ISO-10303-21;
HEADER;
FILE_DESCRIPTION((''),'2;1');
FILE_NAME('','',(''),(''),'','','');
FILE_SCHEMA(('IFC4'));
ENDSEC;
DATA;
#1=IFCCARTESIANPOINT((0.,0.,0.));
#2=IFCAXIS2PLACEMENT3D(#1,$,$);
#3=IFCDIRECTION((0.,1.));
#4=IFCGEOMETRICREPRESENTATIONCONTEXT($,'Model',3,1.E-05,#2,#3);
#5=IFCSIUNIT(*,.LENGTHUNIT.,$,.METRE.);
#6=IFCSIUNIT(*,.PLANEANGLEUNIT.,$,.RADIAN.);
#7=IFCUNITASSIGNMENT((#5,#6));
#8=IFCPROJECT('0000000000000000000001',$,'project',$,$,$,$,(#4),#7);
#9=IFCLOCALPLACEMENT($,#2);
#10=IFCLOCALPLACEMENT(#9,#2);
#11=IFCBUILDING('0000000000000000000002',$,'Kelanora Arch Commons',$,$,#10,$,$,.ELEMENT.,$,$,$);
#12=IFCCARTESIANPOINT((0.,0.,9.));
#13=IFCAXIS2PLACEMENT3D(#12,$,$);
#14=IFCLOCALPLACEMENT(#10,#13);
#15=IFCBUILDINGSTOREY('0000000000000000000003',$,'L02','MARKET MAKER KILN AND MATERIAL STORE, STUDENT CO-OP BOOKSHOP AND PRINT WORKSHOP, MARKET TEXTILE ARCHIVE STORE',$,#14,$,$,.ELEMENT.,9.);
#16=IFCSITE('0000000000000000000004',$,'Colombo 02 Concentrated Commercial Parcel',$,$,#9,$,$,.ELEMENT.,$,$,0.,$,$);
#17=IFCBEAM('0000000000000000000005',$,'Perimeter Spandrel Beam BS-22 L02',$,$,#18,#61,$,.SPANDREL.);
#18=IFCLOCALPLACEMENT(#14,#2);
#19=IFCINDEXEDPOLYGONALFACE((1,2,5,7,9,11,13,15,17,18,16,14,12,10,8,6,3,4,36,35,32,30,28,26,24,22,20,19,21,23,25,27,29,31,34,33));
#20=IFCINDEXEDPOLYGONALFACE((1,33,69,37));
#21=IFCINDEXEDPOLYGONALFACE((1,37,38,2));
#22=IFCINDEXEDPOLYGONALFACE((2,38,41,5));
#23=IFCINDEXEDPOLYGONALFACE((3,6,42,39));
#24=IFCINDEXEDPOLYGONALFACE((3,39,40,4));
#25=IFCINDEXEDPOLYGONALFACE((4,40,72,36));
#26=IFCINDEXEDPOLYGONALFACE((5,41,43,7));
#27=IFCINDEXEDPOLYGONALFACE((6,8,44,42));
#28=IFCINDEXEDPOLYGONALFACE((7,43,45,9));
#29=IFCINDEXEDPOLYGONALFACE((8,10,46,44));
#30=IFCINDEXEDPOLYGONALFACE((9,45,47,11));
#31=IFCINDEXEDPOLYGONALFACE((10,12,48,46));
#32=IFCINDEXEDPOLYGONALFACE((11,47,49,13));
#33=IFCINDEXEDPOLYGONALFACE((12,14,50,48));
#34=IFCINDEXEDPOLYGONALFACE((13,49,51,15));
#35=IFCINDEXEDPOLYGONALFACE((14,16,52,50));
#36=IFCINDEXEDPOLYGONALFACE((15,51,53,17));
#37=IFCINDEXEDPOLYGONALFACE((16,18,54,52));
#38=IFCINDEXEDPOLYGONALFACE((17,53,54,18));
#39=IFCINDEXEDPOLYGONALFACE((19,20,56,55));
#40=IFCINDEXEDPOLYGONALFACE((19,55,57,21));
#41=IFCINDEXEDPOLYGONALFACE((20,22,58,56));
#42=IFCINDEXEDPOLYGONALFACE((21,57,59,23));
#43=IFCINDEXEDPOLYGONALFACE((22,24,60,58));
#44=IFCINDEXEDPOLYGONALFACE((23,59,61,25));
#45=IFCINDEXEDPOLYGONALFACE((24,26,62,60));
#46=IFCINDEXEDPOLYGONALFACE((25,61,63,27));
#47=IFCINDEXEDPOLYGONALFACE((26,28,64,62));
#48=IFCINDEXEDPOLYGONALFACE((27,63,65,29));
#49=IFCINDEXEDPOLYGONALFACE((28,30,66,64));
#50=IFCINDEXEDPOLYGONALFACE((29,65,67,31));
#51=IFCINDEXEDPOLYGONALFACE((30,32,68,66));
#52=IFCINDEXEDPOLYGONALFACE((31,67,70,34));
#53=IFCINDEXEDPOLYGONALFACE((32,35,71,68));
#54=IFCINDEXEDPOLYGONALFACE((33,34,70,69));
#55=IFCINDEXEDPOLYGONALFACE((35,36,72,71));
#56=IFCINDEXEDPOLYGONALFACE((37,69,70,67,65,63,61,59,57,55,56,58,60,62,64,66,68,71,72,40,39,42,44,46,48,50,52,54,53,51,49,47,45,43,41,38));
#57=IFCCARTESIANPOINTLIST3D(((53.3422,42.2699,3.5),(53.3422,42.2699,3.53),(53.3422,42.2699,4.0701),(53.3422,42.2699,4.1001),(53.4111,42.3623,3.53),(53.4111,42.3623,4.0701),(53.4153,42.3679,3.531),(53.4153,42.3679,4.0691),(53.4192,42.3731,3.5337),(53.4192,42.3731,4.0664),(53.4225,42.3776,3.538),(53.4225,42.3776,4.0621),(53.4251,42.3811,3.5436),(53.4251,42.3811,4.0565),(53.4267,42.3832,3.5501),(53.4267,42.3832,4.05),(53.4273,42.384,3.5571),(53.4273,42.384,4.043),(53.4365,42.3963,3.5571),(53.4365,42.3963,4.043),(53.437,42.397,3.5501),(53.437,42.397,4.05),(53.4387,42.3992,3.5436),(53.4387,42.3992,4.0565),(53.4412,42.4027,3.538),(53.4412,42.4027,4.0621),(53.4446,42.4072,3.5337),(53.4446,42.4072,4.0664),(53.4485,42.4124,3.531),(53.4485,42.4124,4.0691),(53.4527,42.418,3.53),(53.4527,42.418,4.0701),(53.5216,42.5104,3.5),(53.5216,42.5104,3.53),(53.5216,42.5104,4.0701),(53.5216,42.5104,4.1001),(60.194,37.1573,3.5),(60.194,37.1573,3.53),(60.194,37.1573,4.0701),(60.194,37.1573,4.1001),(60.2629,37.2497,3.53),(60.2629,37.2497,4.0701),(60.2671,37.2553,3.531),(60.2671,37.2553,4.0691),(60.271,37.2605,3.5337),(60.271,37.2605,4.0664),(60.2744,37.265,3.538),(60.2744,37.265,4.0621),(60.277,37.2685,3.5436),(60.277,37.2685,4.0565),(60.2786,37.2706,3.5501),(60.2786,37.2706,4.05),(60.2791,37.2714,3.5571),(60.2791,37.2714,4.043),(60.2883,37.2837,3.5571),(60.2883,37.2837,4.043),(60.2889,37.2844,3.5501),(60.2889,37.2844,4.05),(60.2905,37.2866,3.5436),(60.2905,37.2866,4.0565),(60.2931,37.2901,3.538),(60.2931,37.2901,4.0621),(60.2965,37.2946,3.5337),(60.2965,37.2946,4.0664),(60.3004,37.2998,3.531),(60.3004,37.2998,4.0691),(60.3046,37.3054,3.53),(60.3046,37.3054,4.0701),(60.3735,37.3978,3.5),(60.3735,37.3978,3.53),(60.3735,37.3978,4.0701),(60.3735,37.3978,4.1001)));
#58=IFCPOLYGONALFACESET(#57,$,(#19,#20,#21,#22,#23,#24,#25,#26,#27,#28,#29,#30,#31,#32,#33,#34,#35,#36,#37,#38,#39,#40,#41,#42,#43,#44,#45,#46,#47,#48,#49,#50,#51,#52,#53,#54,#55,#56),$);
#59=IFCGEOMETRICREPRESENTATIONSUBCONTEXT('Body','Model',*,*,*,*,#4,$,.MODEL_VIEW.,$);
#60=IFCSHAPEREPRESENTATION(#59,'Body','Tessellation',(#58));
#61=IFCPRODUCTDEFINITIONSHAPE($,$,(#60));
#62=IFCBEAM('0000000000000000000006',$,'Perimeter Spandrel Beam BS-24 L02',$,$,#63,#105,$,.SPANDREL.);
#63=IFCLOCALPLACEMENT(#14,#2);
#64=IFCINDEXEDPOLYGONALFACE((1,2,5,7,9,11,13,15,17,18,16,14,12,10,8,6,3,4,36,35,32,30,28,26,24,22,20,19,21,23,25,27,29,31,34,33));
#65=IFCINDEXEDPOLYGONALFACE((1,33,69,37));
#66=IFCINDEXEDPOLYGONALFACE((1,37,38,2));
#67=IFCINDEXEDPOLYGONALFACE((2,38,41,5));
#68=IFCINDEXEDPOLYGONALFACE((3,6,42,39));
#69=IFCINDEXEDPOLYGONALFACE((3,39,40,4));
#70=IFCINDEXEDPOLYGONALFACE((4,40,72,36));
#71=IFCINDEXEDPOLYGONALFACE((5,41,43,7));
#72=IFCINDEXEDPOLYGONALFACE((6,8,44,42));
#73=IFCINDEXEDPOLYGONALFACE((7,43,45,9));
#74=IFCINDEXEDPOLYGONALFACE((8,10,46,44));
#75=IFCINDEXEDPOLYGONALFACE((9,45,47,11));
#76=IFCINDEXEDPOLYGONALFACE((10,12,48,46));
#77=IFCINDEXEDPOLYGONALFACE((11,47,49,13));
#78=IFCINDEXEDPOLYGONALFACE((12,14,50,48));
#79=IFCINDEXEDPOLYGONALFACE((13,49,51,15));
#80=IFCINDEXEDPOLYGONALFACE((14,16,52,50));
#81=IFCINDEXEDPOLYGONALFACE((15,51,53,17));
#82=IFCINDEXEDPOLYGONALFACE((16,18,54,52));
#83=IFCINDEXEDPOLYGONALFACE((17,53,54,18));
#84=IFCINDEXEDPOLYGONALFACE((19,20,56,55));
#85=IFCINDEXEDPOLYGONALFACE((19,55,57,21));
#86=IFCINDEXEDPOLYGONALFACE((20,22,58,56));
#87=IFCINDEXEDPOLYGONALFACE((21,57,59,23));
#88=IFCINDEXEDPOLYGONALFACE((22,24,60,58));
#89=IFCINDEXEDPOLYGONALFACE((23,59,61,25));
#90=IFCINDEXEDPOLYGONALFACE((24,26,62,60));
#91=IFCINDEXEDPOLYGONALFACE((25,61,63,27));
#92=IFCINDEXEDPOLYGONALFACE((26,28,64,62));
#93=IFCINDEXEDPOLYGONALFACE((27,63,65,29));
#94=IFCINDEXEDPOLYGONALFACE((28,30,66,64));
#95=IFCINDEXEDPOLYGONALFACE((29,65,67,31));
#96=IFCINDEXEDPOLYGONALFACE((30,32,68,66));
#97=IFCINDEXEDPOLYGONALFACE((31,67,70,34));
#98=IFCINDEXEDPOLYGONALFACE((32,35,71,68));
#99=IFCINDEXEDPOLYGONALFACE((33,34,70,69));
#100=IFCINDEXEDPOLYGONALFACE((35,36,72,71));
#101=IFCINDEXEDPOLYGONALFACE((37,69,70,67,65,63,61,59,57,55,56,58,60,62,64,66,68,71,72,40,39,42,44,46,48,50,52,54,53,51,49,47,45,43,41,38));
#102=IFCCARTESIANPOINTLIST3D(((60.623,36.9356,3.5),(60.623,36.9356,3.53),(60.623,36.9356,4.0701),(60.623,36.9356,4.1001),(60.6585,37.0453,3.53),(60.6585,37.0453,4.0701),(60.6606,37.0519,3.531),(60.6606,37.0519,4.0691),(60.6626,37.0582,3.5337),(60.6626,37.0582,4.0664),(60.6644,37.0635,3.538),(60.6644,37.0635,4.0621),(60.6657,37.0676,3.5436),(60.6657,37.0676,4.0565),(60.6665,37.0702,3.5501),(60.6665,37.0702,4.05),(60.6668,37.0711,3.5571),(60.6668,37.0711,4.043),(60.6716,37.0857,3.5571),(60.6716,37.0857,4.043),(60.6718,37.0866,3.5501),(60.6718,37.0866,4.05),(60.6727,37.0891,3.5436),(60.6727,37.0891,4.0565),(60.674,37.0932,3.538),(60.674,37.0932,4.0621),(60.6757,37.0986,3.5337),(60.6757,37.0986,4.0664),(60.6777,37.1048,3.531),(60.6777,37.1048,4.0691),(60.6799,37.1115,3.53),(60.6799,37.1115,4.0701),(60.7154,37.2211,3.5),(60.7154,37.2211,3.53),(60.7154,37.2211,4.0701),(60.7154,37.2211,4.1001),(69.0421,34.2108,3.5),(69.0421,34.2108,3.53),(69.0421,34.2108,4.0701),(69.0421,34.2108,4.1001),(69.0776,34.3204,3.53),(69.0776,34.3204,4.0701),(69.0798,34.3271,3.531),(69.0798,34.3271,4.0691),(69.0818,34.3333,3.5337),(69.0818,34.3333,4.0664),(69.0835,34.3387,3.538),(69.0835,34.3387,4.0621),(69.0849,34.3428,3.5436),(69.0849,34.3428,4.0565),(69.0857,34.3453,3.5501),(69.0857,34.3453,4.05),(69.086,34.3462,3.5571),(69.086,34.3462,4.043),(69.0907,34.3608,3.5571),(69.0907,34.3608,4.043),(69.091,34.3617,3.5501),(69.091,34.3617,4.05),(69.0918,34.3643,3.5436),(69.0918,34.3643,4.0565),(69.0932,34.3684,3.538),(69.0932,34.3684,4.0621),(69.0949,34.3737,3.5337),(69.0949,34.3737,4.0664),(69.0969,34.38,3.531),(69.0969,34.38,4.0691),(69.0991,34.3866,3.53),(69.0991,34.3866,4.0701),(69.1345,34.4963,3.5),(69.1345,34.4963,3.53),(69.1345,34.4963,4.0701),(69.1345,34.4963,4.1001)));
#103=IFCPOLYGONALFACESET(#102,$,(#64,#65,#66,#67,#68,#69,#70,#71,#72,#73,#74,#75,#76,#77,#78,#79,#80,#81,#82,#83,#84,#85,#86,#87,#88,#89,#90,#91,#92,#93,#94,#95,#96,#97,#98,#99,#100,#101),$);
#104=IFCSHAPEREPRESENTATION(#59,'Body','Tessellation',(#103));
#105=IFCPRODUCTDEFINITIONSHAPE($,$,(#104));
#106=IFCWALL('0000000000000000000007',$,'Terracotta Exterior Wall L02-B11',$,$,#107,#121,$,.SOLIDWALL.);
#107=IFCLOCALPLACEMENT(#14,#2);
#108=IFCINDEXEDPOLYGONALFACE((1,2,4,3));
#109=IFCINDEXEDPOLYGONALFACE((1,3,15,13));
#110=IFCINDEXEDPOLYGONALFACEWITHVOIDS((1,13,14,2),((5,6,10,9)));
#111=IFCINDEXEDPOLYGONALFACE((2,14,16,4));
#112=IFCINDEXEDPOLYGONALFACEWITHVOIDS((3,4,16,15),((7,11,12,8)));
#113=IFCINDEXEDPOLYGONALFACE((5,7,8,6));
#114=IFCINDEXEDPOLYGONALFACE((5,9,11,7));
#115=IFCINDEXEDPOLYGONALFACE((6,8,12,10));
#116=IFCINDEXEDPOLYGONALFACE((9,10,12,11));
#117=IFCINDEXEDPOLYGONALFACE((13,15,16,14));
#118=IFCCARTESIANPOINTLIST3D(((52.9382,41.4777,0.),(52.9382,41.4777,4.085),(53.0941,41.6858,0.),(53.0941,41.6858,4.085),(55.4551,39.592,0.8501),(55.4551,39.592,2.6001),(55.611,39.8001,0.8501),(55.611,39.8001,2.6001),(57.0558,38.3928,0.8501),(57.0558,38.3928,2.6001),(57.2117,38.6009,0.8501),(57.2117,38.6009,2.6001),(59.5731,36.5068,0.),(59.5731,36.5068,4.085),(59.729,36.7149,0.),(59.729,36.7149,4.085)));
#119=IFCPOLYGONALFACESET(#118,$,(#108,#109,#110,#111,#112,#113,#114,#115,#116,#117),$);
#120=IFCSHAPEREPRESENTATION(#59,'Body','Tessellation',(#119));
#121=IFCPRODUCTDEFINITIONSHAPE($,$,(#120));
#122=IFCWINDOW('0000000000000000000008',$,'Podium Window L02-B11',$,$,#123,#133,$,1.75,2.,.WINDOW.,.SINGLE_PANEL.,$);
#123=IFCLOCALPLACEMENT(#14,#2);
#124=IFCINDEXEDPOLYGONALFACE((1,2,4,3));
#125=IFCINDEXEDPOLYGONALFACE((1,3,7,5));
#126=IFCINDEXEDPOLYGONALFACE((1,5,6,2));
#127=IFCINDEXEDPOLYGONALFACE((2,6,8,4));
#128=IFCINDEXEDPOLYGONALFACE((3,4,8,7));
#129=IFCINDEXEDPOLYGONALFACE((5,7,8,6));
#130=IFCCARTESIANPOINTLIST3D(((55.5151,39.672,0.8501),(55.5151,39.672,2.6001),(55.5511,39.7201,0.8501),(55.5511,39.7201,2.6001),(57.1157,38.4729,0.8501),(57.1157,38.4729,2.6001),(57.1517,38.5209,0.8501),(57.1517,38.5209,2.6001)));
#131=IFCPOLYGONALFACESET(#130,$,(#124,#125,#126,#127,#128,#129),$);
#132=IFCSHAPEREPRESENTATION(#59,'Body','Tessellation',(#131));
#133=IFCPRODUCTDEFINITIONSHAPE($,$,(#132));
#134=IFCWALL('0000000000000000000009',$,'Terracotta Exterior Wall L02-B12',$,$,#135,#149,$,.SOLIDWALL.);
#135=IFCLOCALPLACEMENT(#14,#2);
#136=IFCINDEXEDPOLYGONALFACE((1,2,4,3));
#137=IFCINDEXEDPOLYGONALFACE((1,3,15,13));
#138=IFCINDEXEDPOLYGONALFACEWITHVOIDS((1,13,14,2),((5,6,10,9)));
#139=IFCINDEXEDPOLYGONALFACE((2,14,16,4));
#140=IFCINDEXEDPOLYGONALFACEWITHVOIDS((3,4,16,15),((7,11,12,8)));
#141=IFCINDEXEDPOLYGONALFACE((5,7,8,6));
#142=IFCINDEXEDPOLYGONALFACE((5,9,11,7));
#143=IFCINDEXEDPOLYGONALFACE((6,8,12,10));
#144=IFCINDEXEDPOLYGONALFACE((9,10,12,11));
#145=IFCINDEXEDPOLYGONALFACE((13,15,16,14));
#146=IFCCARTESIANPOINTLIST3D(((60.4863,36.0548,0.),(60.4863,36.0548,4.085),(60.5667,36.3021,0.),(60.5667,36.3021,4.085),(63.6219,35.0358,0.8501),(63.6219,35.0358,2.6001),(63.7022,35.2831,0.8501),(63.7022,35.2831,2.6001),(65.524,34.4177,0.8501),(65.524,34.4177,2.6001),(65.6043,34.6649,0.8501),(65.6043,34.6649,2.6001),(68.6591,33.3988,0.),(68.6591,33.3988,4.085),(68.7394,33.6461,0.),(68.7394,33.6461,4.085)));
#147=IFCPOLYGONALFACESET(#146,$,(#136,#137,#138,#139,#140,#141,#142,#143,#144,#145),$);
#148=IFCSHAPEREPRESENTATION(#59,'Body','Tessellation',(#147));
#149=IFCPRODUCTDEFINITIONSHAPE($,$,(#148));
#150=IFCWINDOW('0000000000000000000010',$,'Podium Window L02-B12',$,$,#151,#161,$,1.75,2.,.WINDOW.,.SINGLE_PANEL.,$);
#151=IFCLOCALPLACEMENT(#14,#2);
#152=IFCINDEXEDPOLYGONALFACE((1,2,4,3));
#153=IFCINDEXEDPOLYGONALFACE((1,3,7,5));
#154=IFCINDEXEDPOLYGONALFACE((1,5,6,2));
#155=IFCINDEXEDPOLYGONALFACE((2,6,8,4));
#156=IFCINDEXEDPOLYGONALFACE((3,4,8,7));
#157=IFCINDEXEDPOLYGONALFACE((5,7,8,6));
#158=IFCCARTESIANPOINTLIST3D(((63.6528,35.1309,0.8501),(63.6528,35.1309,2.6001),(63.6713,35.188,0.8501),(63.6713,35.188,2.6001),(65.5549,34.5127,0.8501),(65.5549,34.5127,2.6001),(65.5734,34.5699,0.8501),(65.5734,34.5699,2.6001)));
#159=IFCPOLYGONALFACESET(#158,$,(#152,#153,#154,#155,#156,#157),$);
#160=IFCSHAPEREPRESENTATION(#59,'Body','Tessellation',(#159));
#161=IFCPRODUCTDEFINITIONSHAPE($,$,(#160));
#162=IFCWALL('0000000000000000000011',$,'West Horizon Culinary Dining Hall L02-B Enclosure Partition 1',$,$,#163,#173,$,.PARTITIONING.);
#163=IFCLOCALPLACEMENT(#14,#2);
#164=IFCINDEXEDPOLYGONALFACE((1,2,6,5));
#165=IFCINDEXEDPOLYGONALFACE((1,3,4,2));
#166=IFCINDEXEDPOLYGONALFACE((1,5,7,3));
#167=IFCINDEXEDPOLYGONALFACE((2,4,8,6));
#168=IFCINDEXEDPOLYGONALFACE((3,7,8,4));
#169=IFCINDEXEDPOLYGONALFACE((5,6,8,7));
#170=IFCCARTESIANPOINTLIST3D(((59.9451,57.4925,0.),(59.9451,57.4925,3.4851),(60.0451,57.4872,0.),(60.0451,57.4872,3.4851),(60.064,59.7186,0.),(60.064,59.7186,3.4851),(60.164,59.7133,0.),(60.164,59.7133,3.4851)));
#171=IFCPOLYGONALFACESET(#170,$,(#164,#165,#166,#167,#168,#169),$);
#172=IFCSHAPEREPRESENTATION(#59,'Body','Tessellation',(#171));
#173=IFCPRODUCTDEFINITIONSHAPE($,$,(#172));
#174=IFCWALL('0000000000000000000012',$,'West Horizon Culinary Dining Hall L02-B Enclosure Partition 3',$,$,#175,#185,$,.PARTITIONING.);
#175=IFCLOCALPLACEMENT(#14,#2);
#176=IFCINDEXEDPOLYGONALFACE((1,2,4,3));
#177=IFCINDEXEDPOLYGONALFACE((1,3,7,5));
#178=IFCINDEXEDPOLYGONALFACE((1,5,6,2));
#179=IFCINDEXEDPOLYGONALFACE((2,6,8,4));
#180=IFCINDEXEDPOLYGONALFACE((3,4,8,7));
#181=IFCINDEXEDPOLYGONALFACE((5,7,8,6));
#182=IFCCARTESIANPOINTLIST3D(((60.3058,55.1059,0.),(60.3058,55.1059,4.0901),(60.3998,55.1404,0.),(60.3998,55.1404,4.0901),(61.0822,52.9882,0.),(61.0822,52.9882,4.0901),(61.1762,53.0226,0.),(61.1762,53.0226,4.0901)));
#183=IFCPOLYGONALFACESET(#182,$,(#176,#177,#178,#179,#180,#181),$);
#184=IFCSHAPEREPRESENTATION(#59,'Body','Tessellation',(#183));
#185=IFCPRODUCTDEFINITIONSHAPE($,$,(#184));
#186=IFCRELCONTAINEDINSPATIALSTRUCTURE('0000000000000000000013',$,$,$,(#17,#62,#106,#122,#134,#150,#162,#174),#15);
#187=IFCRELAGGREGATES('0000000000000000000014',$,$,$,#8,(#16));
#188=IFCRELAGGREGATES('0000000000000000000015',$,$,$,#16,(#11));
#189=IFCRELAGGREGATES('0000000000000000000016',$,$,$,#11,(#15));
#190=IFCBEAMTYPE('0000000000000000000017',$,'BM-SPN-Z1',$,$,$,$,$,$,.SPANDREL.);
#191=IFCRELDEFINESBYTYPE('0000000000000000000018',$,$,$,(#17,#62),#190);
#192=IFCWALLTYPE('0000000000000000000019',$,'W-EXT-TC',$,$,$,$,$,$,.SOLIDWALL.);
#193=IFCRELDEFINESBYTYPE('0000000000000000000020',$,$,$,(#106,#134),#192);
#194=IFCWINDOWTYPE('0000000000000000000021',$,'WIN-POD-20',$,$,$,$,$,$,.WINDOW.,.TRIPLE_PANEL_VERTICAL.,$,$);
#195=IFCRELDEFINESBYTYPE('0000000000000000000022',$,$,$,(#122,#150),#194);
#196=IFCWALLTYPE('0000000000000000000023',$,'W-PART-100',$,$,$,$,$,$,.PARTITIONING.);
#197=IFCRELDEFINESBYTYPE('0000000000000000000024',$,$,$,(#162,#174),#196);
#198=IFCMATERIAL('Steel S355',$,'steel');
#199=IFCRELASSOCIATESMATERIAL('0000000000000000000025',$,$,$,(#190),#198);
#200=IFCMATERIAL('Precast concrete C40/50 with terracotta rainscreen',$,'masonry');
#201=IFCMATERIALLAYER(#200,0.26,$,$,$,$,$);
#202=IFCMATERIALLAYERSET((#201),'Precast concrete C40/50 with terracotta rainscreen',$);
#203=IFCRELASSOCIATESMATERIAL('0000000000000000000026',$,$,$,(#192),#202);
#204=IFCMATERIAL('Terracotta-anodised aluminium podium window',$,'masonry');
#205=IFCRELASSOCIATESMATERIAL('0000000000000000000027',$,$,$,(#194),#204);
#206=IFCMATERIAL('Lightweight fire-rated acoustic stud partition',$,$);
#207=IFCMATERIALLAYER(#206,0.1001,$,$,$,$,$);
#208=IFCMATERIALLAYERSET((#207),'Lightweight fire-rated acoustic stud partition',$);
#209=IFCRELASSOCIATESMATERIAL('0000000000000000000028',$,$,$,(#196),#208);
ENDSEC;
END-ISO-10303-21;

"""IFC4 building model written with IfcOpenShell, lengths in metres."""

from ifc_helpers import new_model, si_unit, direction, frame, frame_2d, origin, origin_2d, place, context, subcontext, project, spatial, rectangle, i_section, extrude, material, layer, layer_set, material_profile, profile_set, type_object, element, fill, save


model = new_model("IFC4")

# Units and contexts
model_context = context("Model", 3, precision=1e-05, world=origin(), true_north=direction((0.0, 1.0)))
body_context = subcontext(model_context, "Body", "Model", "MODEL_VIEW")
ifc_project = project(units=[si_unit("LENGTHUNIT", "METRE"), si_unit("PLANEANGLEUNIT", "RADIAN")], contexts=[model_context])

# Site, building, storey
site_placement = place(None, origin())
site = spatial("IfcSite", under=ifc_project, at=site_placement, Name="Colombo 02 Concentrated Commercial Parcel", CompositionType="ELEMENT", RefElevation=0.0)
building_placement = place(site_placement, origin())
building = spatial("IfcBuilding", under=site, at=building_placement, Name="Kelanora Arch Commons", CompositionType="ELEMENT")
storey_placement = place(building_placement, frame((0.0, 0.0, 9.0)))
storey = spatial("IfcBuildingStorey", under=building, at=storey_placement, Name="L02", Description="MARKET MAKER KILN AND MATERIAL STORE, STUDENT CO-OP BOOKSHOP AND PRINT WORKSHOP, MARKET TEXTILE ARCHIVE STORE", CompositionType="ELEMENT", Elevation=9.0)

# Beams
ifc_material_1 = material(Name="Steel S355", Category="steel")
ifc_material_profile_1 = material_profile(ifc_material_1, i_section(OverallWidth=0.3, OverallDepth=0.6001, WebThickness=0.0154, FlangeThickness=0.03, FilletRadius=0.0271, at=origin_2d()), Name="HEB600")
ifc_profile_set_1 = profile_set([ifc_material_profile_1], Name="Steel S355")
beam_type_1 = type_object("IfcBeamType", Name="BM-SPN-Z1", PredefinedType="SPANDREL", material=ifc_profile_set_1)
beam_1_placement = place(storey_placement, frame((53.4319, 42.3901, 3.8), z_axis=(0.801475, -0.598029, 0.0), x_axis=(0.598029, 0.801475, 0.0)))
element("IfcBeam", 1, at=beam_1_placement, inside=storey, type_object=beam_type_1, Name="Perimeter Spandrel Beam BS-22 L02", PredefinedType="SPANDREL", context=body_context, shape_type="SweptSolid", body=[
    extrude(i_section(OverallWidth=0.3, OverallDepth=0.6001, WebThickness=0.0154, FlangeThickness=0.03, FilletRadius=0.0271, at=origin_2d()), origin(), (0.0, 0.0, 1.0), 8.5491),
])
beam_2_placement = place(storey_placement, frame((60.6692, 37.0784, 3.8), z_axis=(0.951411, -0.307922, 0.0), x_axis=(0.307922, 0.951411, 0.0)))
element("IfcBeam", 2, at=beam_2_placement, inside=storey, type_object=beam_type_1, Name="Perimeter Spandrel Beam BS-24 L02", PredefinedType="SPANDREL", context=body_context, shape_type="SweptSolid", body=[
    extrude(i_section(OverallWidth=0.3, OverallDepth=0.6001, WebThickness=0.0154, FlangeThickness=0.03, FilletRadius=0.0271, at=origin_2d()), origin(), (0.0, 0.0, 1.0), 8.8491),
])

# Walls, openings, windows
ifc_material_2 = material(Name="Precast concrete C40/50 with terracotta rainscreen", Category="masonry")
ifc_layer_1 = layer(ifc_material_2, 0.26)
ifc_layer_set_1 = layer_set([ifc_layer_1], Name="Precast concrete C40/50 with terracotta rainscreen")
wall_type_1 = type_object("IfcWallType", Name="W-EXT-TC", PredefinedType="SOLIDWALL", material=ifc_layer_set_1)
wall_1_placement = place(storey_placement, frame((53.0161, 41.5818, 0.0), z_axis=(0.0, 0.0, 1.0), x_axis=(0.800307, -0.59959, 0.0)))
wall_1 = element("IfcWall", 3, at=wall_1_placement, inside=storey, type_object=wall_type_1, Name="Terracotta Exterior Wall L02-B11", PredefinedType="SOLIDWALL", context=body_context, shape_type="SweptSolid", body=[
    extrude(rectangle(XDim=8.2905, YDim=0.26, at=frame_2d((4.1453, 0.0))), origin(), (0.0, 0.0, 1.0), 4.085),
])
opening_1_placement = place(wall_1_placement, frame((3.145, 0.0, 0.8501)))
opening_1 = element("IfcOpeningElement", 4, at=opening_1_placement, cuts=wall_1, PredefinedType="OPENING", context=body_context, shape_type="SweptSolid", body=[
    extrude(rectangle(XDim=2.0, YDim=1.75, at=frame_2d((1.0, 0.875))), frame((0.0, 0.1401, 0.0), z_axis=(0.0, -1.0, 0.0), x_axis=(1.0, 0.0, 0.0)), (0.0, 0.0, 1.0), 0.28),
])
ifc_material_3 = material(Name="Terracotta-anodised aluminium podium window", Category="masonry")
window_type = type_object("IfcWindowType", Name="WIN-POD-20", PartitioningType="TRIPLE_PANEL_VERTICAL", PredefinedType="WINDOW", material=ifc_material_3)
window_1_placement = place(opening_1_placement, origin())
window_1 = element("IfcWindow", 5, at=window_1_placement, inside=storey, type_object=window_type, Name="Podium Window L02-B11", OverallHeight=1.75, OverallWidth=2.0, PartitioningType="SINGLE_PANEL", PredefinedType="WINDOW", context=body_context, shape_type="SweptSolid", body=[
    extrude(rectangle(XDim=2.0, YDim=1.75, at=frame_2d((1.0, 0.875))), frame((0.0, 0.03, 0.0), z_axis=(0.0, -1.0, 0.0), x_axis=(1.0, 0.0, 0.0)), (0.0, 0.0, 1.0), 0.0601),
])
fill(opening_1, window_1)
wall_2_placement = place(storey_placement, frame((60.5264, 36.1785, 0.0), z_axis=(0.0, 0.0, 1.0), x_axis=(0.95104, -0.309068, 0.0)))
wall_2 = element("IfcWall", 6, at=wall_2_placement, inside=storey, type_object=wall_type_1, Name="Terracotta Exterior Wall L02-B12", PredefinedType="SOLIDWALL", context=body_context, shape_type="SweptSolid", body=[
    extrude(rectangle(XDim=8.5935, YDim=0.26, at=frame_2d((4.2969, 0.0))), origin(), (0.0, 0.0, 1.0), 4.085),
])
opening_2_placement = place(wall_2_placement, frame((3.2971, 0.0, 0.8501)))
opening_2 = element("IfcOpeningElement", 7, at=opening_2_placement, cuts=wall_2, PredefinedType="OPENING", context=body_context, shape_type="SweptSolid", body=[
    extrude(rectangle(XDim=2.0, YDim=1.75, at=frame_2d((1.0, 0.875))), frame((0.0, 0.1401, 0.0), z_axis=(0.0, -1.0, 0.0), x_axis=(1.0, 0.0, 0.0)), (0.0, 0.0, 1.0), 0.28),
])
window_2_placement = place(opening_2_placement, origin())
window_2 = element("IfcWindow", 8, at=window_2_placement, inside=storey, type_object=window_type, Name="Podium Window L02-B12", OverallHeight=1.75, OverallWidth=2.0, PartitioningType="SINGLE_PANEL", PredefinedType="WINDOW", context=body_context, shape_type="SweptSolid", body=[
    extrude(rectangle(XDim=2.0, YDim=1.75, at=frame_2d((1.0, 0.875))), frame((0.0, 0.03, 0.0), z_axis=(0.0, -1.0, 0.0), x_axis=(1.0, 0.0, 0.0)), (0.0, 0.0, 1.0), 0.0601),
])
fill(opening_2, window_2)

# Walls
ifc_material_4 = material(Name="Lightweight fire-rated acoustic stud partition")
ifc_layer_2 = layer(ifc_material_4, 0.1001)
ifc_layer_set_2 = layer_set([ifc_layer_2], Name="Lightweight fire-rated acoustic stud partition")
wall_type_2 = type_object("IfcWallType", Name="W-PART-100", PredefinedType="PARTITIONING", material=ifc_layer_set_2)
wall_3_placement = place(storey_placement, frame((60.114, 59.7161, 0.0), z_axis=(0.0, 0.0, 1.0), x_axis=(-0.053335, -0.998577, 0.0)))
element("IfcWall", 9, at=wall_3_placement, inside=storey, type_object=wall_type_2, Name="West Horizon Culinary Dining Hall L02-B Enclosure Partition 1", PredefinedType="PARTITIONING", context=body_context, shape_type="SweptSolid", body=[
    extrude(rectangle(XDim=2.2292, YDim=0.1001, at=frame_2d((1.1147, 0.0))), origin(), (0.0, 0.0, 1.0), 3.4851),
])
wall_4_placement = place(storey_placement, frame((60.3528, 55.1233, 0.0), z_axis=(0.0, 0.0, 1.0), x_axis=(0.34421, -0.938893, 0.0)))
element("IfcWall", 10, at=wall_4_placement, inside=storey, type_object=wall_type_2, Name="West Horizon Culinary Dining Hall L02-B Enclosure Partition 3", PredefinedType="PARTITIONING", context=body_context, shape_type="SweptSolid", body=[
    extrude(rectangle(XDim=2.2556, YDim=0.1001, at=frame_2d((1.1279, 0.0))), origin(), (0.0, 0.0, 1.0), 4.0901),
])

save(model, "model.ifc")
